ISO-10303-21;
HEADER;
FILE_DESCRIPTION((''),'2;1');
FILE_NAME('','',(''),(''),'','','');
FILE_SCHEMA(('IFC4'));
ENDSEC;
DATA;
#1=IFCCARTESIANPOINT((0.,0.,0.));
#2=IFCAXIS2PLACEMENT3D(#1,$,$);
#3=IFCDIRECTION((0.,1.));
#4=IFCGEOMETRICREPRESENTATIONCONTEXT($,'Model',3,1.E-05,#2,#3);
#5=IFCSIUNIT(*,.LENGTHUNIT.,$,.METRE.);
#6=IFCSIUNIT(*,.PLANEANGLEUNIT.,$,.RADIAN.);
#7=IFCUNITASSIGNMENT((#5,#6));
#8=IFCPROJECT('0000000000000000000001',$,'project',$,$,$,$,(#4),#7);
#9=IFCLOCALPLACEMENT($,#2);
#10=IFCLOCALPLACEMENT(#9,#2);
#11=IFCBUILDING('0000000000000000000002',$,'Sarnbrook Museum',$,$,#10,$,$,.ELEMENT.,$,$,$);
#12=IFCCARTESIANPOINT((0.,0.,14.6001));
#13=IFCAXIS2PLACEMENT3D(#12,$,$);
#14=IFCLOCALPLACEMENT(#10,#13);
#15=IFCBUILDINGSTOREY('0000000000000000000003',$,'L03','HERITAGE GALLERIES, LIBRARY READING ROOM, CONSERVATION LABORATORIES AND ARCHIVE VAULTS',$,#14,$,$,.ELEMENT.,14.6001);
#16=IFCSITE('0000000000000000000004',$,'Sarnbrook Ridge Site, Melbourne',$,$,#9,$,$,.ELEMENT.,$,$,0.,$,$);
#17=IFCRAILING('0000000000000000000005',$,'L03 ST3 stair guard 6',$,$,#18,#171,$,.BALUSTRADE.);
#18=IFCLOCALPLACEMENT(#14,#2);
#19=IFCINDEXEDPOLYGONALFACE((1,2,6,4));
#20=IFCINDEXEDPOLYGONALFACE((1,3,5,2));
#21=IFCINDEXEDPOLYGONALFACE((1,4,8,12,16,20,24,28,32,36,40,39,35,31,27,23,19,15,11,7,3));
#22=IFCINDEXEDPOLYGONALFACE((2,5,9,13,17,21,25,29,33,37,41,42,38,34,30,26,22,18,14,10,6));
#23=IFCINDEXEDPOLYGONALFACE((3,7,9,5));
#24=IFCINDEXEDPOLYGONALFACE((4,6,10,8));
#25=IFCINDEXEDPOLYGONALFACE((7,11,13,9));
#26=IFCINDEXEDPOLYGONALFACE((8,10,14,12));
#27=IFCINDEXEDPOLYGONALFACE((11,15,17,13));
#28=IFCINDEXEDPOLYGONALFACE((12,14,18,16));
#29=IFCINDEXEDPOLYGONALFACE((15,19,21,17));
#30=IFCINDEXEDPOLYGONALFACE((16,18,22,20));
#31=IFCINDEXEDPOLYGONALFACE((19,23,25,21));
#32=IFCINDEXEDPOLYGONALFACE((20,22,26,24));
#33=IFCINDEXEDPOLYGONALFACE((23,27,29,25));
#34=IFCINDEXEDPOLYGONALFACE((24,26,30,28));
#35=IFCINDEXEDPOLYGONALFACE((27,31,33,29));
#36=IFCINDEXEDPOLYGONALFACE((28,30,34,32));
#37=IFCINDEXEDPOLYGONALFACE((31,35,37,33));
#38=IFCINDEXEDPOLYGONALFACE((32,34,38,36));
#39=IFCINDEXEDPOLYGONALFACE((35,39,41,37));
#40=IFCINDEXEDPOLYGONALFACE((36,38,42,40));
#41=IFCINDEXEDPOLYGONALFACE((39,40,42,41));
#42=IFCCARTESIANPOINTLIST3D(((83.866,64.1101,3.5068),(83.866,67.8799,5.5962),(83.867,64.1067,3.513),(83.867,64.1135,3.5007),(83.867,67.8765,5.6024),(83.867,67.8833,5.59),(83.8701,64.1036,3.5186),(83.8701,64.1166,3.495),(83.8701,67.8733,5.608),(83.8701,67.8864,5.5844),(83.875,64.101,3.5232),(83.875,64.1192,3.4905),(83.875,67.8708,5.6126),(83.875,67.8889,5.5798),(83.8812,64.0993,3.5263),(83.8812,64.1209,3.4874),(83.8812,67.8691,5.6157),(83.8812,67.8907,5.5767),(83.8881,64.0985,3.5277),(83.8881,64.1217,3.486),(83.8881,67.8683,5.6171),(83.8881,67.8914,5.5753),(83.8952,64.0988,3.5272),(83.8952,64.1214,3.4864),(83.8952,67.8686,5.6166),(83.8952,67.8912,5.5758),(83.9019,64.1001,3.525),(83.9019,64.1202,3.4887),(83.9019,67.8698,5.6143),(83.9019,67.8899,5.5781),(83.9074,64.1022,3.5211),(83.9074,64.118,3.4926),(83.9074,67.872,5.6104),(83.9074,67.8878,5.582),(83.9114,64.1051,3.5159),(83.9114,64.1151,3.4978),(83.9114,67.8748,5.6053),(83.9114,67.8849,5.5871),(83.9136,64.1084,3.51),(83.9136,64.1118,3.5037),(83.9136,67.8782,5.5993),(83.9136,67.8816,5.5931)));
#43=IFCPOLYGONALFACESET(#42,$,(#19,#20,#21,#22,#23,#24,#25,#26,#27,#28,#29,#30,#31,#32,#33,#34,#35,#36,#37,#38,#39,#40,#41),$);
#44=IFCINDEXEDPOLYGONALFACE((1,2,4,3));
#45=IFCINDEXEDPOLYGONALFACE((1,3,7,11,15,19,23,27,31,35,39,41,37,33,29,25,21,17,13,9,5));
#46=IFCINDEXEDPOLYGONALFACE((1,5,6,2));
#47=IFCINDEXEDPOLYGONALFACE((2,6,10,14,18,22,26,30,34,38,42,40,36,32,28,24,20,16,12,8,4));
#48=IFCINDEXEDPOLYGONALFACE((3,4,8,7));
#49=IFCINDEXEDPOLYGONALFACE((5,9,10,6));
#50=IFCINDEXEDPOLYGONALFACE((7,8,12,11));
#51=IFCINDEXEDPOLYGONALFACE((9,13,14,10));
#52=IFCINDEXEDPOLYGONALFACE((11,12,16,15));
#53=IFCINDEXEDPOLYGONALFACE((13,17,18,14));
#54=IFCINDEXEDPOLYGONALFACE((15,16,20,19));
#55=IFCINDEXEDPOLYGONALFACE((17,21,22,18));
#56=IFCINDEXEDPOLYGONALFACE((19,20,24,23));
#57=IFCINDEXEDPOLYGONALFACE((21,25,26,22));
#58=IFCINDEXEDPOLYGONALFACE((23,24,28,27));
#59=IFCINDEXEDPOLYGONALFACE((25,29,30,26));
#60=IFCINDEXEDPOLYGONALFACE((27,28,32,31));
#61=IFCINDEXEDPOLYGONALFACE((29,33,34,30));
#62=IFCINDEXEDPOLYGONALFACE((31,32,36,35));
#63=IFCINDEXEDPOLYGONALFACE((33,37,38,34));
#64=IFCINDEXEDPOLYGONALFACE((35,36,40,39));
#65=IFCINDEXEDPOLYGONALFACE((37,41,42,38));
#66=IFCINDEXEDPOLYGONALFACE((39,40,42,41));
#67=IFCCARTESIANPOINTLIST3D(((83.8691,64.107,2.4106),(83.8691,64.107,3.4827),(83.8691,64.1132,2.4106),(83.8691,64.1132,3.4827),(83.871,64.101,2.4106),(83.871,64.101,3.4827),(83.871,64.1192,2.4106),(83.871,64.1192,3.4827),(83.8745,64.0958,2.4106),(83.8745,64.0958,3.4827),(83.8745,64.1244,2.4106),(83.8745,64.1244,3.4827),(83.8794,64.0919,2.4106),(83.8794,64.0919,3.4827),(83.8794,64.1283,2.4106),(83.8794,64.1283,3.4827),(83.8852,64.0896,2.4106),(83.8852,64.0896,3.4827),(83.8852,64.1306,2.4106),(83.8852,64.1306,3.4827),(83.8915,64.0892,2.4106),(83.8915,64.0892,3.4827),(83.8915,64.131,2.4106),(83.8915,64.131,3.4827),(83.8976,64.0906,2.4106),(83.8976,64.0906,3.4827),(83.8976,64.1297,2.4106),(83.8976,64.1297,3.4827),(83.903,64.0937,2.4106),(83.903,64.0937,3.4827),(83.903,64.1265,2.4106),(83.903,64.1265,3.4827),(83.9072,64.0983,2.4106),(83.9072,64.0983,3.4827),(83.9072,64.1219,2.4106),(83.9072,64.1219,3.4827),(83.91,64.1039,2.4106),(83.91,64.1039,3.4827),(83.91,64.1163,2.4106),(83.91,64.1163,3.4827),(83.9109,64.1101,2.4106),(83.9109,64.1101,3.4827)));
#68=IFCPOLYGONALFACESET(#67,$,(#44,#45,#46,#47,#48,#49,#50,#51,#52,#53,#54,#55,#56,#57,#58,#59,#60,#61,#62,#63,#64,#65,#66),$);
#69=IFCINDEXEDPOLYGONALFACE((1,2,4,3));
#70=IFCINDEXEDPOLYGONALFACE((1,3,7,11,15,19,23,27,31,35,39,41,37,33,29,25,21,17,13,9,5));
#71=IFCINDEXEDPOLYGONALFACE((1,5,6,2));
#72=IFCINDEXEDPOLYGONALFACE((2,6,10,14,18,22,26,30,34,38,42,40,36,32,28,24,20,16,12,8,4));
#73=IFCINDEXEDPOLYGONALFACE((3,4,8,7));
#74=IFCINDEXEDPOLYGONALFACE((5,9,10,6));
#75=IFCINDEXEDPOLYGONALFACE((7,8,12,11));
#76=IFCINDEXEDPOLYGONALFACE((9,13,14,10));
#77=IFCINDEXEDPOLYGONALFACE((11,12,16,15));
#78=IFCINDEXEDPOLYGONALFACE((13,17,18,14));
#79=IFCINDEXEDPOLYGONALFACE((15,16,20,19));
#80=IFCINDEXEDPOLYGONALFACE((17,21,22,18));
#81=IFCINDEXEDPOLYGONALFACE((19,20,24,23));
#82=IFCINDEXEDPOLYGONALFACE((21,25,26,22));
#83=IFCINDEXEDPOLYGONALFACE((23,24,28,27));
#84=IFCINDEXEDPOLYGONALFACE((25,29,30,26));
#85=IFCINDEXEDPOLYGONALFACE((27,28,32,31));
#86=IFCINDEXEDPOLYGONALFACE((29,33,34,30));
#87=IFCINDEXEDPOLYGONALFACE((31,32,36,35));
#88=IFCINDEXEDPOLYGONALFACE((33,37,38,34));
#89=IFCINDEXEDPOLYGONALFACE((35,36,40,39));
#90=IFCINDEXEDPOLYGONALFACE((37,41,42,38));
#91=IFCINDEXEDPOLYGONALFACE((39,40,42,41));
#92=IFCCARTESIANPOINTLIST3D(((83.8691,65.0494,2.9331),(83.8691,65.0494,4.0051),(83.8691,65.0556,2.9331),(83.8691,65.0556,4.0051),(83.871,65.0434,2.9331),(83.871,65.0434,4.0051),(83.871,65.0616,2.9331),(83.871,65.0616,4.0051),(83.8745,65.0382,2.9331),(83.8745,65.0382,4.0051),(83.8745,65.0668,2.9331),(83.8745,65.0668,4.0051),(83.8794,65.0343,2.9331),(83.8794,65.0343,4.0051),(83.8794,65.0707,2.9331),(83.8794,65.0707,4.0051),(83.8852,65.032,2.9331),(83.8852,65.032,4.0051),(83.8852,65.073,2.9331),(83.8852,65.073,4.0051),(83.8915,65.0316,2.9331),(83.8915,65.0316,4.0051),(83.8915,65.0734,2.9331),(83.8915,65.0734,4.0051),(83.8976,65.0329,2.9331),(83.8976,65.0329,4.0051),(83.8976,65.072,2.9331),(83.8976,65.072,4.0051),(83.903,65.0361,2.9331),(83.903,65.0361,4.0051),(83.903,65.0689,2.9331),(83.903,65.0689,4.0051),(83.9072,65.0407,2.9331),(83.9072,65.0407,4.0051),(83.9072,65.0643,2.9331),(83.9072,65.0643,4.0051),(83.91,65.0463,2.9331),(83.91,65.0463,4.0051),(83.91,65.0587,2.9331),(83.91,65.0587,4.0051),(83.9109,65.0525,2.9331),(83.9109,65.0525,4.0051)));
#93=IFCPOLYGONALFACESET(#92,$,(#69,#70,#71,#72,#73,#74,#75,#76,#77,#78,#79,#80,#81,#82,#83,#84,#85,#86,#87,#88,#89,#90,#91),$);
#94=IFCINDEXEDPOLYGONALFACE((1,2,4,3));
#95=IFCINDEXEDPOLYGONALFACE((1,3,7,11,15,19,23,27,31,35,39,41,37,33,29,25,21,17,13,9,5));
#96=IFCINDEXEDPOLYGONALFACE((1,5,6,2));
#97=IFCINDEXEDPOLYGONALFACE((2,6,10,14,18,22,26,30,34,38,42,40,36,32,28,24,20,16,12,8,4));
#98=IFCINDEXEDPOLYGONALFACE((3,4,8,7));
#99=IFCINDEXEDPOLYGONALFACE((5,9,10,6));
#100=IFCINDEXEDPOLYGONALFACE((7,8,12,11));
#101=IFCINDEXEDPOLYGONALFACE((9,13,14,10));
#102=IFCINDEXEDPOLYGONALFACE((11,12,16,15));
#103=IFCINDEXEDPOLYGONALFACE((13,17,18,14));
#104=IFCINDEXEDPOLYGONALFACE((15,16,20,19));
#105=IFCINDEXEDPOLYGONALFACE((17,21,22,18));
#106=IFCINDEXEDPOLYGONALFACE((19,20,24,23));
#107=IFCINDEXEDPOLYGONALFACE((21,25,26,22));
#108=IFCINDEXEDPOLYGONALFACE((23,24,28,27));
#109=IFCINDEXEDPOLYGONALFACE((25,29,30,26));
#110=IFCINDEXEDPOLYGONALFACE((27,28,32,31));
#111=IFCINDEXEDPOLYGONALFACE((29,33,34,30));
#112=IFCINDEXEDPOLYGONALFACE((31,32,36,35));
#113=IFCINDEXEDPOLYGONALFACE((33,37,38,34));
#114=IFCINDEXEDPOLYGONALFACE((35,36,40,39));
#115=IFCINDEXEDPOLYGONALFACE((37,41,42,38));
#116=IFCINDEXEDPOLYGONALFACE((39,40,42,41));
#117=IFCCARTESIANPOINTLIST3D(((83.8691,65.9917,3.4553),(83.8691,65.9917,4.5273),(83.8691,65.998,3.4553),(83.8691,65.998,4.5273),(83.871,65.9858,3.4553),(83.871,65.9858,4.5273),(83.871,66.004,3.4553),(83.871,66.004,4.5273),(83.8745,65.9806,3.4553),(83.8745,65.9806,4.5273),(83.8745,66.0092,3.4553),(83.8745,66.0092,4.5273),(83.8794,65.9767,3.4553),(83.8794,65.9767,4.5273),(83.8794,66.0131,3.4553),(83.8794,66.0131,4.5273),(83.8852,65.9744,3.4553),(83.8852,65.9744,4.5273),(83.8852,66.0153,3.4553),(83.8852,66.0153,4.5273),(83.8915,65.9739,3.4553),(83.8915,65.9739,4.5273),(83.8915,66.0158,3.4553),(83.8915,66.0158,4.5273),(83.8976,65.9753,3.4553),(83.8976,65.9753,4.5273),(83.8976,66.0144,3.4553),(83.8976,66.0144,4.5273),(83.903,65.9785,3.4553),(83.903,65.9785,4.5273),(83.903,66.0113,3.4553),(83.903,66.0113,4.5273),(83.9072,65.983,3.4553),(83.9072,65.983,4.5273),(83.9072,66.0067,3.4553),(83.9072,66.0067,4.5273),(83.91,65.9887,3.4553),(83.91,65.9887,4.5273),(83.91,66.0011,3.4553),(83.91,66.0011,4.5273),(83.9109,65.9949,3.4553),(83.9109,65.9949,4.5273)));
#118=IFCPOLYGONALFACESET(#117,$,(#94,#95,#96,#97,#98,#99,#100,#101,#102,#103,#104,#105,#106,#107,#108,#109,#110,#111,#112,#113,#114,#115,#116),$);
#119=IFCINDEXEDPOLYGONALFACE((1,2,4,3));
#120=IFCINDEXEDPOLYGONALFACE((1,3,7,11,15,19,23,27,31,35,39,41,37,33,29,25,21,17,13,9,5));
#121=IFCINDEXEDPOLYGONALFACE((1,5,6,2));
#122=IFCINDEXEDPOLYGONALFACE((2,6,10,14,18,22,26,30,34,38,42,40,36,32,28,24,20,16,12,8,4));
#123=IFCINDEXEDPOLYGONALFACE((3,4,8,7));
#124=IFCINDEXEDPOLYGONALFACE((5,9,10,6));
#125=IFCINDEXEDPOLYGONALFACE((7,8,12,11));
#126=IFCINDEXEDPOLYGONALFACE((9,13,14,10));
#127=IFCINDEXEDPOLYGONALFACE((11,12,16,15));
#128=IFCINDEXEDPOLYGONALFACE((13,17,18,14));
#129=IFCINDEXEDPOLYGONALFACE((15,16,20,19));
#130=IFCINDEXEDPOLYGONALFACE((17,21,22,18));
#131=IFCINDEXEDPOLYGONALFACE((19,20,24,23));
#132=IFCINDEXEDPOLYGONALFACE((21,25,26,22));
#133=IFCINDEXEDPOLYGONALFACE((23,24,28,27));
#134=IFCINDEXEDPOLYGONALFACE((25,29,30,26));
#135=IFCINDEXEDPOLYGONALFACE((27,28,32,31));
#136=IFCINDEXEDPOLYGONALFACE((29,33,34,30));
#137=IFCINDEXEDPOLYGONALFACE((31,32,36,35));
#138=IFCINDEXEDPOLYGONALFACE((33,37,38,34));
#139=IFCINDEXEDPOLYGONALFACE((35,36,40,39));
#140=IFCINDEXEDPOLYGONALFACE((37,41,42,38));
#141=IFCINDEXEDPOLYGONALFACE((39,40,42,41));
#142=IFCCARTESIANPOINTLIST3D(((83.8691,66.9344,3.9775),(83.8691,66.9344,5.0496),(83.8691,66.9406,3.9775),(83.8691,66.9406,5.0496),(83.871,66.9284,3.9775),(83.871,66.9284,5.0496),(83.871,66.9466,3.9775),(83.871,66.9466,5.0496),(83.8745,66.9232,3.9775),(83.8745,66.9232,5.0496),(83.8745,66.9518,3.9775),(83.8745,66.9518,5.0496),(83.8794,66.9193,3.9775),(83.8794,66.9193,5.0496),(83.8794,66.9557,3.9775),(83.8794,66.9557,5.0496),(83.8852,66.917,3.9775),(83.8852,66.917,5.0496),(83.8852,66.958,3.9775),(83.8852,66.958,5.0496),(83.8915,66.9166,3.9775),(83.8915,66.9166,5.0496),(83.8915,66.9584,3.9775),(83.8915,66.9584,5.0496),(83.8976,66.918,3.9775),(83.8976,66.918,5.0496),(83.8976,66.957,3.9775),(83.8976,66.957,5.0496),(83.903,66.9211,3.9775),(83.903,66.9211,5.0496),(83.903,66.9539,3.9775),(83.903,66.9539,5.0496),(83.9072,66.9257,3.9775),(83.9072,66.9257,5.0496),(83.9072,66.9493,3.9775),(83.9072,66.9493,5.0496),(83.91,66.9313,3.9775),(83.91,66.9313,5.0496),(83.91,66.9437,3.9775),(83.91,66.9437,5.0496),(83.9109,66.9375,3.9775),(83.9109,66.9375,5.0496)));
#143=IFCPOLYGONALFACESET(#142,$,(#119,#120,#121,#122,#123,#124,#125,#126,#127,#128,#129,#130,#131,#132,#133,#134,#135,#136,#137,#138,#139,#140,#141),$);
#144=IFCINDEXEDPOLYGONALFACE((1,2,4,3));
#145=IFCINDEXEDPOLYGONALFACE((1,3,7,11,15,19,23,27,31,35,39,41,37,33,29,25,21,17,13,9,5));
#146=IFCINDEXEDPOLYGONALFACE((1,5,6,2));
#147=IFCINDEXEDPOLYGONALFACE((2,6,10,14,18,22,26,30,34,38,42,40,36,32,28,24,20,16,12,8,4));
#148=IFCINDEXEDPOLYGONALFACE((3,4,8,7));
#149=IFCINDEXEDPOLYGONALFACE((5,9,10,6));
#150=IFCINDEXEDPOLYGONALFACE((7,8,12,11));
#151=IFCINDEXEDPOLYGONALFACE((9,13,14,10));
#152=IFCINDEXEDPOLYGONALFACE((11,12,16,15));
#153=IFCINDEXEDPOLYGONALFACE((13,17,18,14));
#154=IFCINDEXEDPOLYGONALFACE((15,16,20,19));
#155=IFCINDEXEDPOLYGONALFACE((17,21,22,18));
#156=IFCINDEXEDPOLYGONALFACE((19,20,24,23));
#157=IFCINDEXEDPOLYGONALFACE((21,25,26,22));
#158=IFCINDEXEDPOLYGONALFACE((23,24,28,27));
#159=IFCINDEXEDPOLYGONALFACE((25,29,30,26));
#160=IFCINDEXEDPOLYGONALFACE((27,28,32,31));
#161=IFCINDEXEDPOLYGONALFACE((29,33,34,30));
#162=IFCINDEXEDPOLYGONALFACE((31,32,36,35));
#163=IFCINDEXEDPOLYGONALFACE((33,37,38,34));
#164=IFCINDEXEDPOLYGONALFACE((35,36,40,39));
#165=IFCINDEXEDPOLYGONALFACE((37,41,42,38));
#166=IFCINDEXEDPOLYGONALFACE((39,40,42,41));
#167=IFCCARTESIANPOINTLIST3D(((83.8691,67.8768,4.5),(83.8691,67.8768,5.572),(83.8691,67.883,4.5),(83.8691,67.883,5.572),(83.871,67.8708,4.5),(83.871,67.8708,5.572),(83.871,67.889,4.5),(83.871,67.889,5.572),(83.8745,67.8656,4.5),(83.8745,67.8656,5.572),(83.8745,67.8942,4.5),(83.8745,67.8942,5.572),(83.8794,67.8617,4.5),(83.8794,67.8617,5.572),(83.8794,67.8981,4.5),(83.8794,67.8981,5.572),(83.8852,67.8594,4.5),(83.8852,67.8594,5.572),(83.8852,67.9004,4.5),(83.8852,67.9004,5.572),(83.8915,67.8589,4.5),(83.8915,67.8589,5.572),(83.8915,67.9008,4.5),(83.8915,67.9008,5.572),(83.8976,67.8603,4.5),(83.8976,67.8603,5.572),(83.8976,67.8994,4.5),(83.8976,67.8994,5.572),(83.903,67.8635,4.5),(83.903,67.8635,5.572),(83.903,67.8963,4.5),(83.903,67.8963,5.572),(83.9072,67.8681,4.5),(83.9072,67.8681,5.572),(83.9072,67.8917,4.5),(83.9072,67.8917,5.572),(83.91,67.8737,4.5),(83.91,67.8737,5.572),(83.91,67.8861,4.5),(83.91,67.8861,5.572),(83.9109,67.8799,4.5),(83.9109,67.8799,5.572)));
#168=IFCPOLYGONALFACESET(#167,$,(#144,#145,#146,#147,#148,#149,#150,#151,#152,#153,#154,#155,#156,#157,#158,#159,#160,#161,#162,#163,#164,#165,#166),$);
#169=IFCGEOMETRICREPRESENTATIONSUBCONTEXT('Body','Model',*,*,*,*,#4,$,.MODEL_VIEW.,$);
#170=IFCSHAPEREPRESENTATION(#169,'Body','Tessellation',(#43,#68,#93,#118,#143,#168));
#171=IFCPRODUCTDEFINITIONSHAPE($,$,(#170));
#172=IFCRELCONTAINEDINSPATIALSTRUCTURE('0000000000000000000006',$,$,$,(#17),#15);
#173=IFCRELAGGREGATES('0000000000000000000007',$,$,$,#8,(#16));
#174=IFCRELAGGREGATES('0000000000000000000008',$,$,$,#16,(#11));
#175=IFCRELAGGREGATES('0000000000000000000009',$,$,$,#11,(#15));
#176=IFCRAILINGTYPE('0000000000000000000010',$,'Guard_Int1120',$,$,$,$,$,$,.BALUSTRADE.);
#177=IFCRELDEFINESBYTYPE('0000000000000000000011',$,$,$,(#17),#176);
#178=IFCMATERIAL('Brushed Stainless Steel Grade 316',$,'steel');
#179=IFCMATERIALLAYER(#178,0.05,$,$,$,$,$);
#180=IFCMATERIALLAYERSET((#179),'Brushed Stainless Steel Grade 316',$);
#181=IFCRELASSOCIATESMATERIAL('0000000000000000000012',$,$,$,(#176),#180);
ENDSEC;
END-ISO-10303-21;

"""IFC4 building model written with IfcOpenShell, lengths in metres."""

from ifc_helpers import new_model, si_unit, direction, frame, origin, origin_2d, place, context, subcontext, project, spatial, circle, extrude, material, layer, layer_set, type_object, element, save


model = new_model("IFC4")

# Units and contexts
model_context = context("Model", 3, precision=1e-05, world=origin(), true_north=direction((0.0, 1.0)))
body_context = subcontext(model_context, "Body", "Model", "MODEL_VIEW")
ifc_project = project(units=[si_unit("LENGTHUNIT", "METRE"), si_unit("PLANEANGLEUNIT", "RADIAN")], contexts=[model_context])

# Site, building, storey
site_placement = place(None, origin())
site = spatial("IfcSite", under=ifc_project, at=site_placement, Name="Sarnbrook Ridge Site, Melbourne", CompositionType="ELEMENT", RefElevation=0.0)
building_placement = place(site_placement, origin())
building = spatial("IfcBuilding", under=site, at=building_placement, Name="Sarnbrook Museum", CompositionType="ELEMENT")
storey_placement = place(building_placement, frame((0.0, 0.0, 14.6001)))
storey = spatial("IfcBuildingStorey", under=building, at=storey_placement, Name="L03", Description="HERITAGE GALLERIES, LIBRARY READING ROOM, CONSERVATION LABORATORIES AND ARCHIVE VAULTS", CompositionType="ELEMENT", Elevation=14.6001)

# Railing
ifc_material_1 = material(Name="Brushed Stainless Steel Grade 316", Category="steel")
ifc_layer_1 = layer(ifc_material_1, 0.05)
ifc_layer_set_1 = layer_set([ifc_layer_1], Name="Brushed Stainless Steel Grade 316")
railing_type_1 = type_object("IfcRailingType", Name="Guard_Int1120", PredefinedType="BALUSTRADE", material=ifc_layer_set_1)
railing_1_placement = place(storey_placement, frame((83.8899, 64.1101, 2.4106)))
element("IfcRailing", 1, at=railing_1_placement, inside=storey, type_object=railing_type_1, Name="L03 ST3 stair guard 6", PredefinedType="BALUSTRADE", context=body_context, shape_type="SweptSolid", body=[
    extrude(circle(Radius=0.0239, at=origin_2d()), frame((0.0, 0.0, 1.0962), z_axis=(0.0, 0.874646, 0.484763), x_axis=(-1.0, 0.0, 0.0)), (0.0, 0.0, 1.0), 4.3101),
    extrude(circle(Radius=0.021, at=origin_2d()), origin(), (0.0, 0.0, 1.0), 1.072),
    extrude(circle(Radius=0.021, at=origin_2d()), frame((0.0, 0.9424, 0.5225)), (0.0, 0.0, 1.0), 1.072),
    extrude(circle(Radius=0.021, at=origin_2d()), frame((0.0, 1.8848, 1.0447)), (0.0, 0.0, 1.0), 1.072),
    extrude(circle(Radius=0.021, at=origin_2d()), frame((0.0, 2.8274, 1.5669)), (0.0, 0.0, 1.0), 1.072),
    extrude(circle(Radius=0.021, at=origin_2d()), frame((0.0, 3.7698, 2.0894)), (0.0, 0.0, 1.0), 1.072),
])

save(model, "model.ifc")
